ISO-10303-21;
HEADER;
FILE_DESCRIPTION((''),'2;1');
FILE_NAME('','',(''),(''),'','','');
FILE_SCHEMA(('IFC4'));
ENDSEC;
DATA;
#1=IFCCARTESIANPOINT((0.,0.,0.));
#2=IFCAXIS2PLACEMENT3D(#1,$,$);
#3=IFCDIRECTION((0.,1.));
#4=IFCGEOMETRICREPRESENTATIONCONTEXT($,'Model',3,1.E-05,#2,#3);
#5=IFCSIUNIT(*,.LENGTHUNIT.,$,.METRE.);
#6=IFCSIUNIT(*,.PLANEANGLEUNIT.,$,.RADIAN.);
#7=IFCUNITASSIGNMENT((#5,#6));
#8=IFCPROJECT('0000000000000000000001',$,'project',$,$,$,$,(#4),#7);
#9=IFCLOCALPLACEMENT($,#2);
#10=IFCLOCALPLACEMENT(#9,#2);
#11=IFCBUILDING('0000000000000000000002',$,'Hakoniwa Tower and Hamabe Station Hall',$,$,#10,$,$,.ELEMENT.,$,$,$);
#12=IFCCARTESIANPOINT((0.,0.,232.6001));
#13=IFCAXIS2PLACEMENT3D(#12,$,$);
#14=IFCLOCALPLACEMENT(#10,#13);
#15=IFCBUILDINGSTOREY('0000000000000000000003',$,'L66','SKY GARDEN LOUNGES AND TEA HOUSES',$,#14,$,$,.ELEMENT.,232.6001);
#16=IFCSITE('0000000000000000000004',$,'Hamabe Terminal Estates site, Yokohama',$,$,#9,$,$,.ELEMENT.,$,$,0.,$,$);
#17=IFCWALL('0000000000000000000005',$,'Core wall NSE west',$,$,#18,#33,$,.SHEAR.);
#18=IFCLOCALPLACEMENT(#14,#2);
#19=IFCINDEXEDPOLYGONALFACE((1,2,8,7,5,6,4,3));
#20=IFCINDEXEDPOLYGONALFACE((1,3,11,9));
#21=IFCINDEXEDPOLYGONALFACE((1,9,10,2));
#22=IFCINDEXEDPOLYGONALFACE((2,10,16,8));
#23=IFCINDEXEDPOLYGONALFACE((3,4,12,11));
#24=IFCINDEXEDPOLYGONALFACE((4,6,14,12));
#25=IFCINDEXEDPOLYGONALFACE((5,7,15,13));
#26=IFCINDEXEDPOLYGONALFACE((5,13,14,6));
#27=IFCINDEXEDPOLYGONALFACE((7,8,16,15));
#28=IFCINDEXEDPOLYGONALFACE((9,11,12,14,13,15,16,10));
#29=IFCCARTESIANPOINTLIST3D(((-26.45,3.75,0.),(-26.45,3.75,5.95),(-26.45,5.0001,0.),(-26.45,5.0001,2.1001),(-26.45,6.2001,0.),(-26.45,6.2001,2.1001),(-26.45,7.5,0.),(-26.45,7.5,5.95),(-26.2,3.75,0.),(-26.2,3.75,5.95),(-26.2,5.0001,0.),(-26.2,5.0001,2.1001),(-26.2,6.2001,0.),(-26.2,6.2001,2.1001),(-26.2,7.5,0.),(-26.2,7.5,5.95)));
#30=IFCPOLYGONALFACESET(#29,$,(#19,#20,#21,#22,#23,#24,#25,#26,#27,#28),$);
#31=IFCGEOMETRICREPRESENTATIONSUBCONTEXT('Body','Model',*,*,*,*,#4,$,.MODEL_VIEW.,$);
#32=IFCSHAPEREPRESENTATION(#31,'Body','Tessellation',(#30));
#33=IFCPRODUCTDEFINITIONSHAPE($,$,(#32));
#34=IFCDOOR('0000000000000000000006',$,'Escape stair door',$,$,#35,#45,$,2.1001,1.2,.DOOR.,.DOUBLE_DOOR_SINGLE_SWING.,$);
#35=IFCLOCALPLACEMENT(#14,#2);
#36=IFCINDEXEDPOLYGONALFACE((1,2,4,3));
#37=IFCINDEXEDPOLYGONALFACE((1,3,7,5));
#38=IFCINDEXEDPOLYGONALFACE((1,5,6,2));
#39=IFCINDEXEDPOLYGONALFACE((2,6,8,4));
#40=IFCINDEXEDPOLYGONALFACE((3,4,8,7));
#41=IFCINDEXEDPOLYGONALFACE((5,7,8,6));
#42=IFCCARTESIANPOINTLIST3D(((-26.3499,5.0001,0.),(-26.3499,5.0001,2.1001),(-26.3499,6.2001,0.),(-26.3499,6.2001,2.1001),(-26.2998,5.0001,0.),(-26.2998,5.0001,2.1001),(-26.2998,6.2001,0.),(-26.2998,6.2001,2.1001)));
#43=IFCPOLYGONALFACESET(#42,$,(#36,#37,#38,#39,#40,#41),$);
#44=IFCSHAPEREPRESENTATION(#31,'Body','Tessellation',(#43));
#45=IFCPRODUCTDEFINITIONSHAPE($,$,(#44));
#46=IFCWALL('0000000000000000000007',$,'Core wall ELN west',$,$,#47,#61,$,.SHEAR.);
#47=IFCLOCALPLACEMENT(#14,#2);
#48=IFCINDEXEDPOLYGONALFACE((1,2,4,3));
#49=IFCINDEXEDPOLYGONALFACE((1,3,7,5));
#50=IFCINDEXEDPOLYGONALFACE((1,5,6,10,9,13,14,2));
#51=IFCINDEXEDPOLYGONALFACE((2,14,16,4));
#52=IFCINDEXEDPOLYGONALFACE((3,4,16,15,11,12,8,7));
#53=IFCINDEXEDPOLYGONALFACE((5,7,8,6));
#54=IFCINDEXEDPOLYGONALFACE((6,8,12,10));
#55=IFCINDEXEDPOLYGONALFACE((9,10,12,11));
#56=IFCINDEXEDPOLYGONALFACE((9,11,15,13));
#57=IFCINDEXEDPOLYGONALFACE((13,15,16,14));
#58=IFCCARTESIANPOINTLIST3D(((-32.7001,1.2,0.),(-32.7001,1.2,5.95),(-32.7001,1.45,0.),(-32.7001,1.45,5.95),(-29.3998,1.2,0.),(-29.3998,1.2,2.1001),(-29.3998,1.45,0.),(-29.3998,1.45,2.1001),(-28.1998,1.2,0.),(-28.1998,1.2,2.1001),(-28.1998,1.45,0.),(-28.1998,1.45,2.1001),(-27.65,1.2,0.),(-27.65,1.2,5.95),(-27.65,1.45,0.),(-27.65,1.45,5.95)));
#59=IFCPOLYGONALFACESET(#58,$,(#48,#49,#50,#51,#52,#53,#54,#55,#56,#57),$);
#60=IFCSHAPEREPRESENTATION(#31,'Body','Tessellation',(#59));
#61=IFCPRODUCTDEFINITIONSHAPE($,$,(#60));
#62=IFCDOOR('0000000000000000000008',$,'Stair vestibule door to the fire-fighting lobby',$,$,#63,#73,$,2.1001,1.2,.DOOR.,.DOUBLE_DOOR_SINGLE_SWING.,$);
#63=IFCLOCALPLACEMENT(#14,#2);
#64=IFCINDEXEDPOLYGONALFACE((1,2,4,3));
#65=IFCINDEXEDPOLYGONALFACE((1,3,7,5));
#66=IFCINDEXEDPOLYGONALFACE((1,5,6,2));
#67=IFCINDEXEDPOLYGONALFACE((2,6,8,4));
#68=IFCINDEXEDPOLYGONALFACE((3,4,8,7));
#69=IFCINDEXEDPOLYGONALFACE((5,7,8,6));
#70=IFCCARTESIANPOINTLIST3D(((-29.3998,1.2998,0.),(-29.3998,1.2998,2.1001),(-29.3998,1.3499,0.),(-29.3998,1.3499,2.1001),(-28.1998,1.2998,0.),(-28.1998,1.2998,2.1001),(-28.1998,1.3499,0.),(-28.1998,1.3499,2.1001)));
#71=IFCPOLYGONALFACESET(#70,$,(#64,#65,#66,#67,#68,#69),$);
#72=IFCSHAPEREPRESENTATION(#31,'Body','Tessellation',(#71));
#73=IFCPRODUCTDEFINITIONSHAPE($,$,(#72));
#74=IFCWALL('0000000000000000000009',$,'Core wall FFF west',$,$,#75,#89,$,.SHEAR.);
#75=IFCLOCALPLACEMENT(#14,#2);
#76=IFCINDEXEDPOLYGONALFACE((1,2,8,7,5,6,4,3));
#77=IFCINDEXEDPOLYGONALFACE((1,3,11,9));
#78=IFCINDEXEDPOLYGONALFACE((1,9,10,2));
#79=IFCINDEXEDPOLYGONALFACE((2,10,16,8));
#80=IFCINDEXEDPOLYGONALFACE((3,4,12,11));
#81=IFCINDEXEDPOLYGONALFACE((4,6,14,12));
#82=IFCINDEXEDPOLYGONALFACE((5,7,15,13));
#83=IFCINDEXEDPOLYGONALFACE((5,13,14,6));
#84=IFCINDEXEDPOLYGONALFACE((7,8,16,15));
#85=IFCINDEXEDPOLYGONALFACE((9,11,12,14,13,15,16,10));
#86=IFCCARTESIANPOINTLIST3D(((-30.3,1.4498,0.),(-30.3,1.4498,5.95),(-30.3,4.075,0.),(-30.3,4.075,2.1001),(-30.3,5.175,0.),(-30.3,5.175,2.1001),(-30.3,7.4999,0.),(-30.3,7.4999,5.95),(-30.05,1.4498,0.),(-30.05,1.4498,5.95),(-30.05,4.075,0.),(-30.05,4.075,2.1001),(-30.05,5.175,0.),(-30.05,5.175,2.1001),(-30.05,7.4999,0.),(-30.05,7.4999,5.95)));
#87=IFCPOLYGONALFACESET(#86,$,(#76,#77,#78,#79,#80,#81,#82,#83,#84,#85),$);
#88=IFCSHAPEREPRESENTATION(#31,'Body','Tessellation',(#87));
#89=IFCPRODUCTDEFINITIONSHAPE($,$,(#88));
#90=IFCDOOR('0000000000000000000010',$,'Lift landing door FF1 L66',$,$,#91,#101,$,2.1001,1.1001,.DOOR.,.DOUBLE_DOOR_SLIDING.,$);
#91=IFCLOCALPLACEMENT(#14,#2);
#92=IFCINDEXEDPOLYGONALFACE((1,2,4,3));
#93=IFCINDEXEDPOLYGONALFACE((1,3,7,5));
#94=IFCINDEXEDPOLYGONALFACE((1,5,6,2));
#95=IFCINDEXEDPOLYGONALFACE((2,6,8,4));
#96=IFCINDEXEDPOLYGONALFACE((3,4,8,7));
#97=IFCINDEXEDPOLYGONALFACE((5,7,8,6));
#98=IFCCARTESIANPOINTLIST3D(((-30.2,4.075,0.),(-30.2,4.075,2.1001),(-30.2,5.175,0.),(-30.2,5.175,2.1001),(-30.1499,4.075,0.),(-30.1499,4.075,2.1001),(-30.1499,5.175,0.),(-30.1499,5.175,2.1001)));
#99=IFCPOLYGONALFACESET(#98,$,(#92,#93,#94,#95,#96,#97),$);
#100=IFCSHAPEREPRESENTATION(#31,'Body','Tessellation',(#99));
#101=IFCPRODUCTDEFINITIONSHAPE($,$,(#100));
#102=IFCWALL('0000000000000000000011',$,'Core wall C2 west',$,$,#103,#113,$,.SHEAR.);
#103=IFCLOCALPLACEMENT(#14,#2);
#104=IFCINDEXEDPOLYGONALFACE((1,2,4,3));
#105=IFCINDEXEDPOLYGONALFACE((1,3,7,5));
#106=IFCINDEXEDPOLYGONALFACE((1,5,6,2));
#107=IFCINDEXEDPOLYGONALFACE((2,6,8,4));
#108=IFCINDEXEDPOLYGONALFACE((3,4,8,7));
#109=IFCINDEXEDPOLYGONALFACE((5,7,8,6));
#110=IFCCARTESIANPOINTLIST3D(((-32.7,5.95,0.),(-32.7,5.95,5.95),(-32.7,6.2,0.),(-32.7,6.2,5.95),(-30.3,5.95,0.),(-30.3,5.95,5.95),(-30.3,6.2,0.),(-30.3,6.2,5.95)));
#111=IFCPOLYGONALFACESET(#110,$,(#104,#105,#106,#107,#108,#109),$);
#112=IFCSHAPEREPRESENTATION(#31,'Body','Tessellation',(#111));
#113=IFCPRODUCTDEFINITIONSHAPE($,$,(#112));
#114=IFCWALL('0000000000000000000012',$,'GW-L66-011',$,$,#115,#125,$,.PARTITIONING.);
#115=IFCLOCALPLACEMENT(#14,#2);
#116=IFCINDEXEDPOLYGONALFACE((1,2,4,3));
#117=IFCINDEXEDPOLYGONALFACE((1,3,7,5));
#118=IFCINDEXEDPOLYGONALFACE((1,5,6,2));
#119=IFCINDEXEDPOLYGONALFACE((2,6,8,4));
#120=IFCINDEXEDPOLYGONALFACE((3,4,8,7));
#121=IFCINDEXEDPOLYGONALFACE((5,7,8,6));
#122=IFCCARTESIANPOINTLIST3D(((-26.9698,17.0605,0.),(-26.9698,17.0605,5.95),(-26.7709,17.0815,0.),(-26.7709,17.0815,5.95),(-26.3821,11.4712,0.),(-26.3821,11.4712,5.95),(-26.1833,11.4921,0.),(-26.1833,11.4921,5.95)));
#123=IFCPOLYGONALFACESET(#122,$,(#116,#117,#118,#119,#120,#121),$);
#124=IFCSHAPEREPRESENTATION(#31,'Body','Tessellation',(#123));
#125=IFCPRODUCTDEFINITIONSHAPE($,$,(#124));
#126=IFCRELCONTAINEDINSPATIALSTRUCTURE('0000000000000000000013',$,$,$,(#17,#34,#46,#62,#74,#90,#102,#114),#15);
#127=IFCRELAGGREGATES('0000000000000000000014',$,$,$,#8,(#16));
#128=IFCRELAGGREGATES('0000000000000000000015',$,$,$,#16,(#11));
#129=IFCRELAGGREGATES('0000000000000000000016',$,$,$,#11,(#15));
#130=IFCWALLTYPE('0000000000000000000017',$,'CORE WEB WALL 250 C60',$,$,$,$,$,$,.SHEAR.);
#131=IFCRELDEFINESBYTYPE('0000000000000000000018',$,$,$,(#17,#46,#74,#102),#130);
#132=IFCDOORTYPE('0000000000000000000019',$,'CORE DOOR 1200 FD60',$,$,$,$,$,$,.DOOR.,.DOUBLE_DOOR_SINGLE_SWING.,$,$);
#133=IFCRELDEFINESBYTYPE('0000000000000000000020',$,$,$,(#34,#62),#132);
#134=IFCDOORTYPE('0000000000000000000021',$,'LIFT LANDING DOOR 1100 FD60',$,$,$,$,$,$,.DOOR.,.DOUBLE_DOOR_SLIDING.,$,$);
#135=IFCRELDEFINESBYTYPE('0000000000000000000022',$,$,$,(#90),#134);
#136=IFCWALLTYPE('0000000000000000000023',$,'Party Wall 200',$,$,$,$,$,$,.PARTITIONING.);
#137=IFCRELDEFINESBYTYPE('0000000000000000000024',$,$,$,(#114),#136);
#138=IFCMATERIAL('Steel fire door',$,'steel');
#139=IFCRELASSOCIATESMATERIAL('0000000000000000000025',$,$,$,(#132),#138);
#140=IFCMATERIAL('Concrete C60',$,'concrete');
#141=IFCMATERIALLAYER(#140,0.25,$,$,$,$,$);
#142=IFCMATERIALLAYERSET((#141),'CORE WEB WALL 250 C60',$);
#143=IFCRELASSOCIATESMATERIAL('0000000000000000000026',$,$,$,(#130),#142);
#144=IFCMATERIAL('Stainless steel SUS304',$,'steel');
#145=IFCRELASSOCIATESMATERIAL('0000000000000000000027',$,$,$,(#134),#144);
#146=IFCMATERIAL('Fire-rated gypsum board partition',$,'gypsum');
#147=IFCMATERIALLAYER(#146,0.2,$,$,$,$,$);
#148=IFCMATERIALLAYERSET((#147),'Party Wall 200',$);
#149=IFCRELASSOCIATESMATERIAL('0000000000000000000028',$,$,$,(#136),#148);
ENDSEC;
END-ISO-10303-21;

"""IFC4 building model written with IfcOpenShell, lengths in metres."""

from ifc_helpers import new_model, si_unit, direction, frame, frame_2d, origin, place, context, subcontext, project, spatial, rectangle, extrude, material, layer, layer_set, type_object, element, fill, save


model = new_model("IFC4")

# Units and contexts
model_context = context("Model", 3, precision=1e-05, world=origin(), true_north=direction((0.0, 1.0)))
body_context = subcontext(model_context, "Body", "Model", "MODEL_VIEW")
ifc_project = project(units=[si_unit("LENGTHUNIT", "METRE"), si_unit("PLANEANGLEUNIT", "RADIAN")], contexts=[model_context])

# Site, building, storey
site_placement = place(None, origin())
site = spatial("IfcSite", under=ifc_project, at=site_placement, Name="Hamabe Terminal Estates site, Yokohama", CompositionType="ELEMENT", RefElevation=0.0)
building_placement = place(site_placement, origin())
building = spatial("IfcBuilding", under=site, at=building_placement, Name="Hakoniwa Tower and Hamabe Station Hall", CompositionType="ELEMENT")
storey_placement = place(building_placement, frame((0.0, 0.0, 232.6001)))
storey = spatial("IfcBuildingStorey", under=building, at=storey_placement, Name="L66", Description="SKY GARDEN LOUNGES AND TEA HOUSES", CompositionType="ELEMENT", Elevation=232.6001)

# Shared definitions
ifc_material_1 = material(Name="Steel fire door", Category="steel")
door_type_1 = type_object("IfcDoorType", Name="CORE DOOR 1200 FD60", OperationType="DOUBLE_DOOR_SINGLE_SWING", PredefinedType="DOOR", material=ifc_material_1)

# Shared definitions
ifc_material_2 = material(Name="Concrete C60", Category="concrete")
ifc_layer_1 = layer(ifc_material_2, 0.25)
ifc_layer_set_1 = layer_set([ifc_layer_1], Name="CORE WEB WALL 250 C60")
wall_type_1 = type_object("IfcWallType", Name="CORE WEB WALL 250 C60", PredefinedType="SHEAR", material=ifc_layer_set_1)

# Walls, openings, doors
wall_1_placement = place(storey_placement, frame((-26.325, 3.75, 0.0), z_axis=(0.0, 0.0, 1.0), x_axis=(0.0, 1.0, 0.0)))
wall_1 = element("IfcWall", 1, at=wall_1_placement, inside=storey, type_object=wall_type_1, Name="Core wall NSE west", PredefinedType="SHEAR", context=body_context, shape_type="SweptSolid", body=[
    extrude(rectangle(XDim=3.75, YDim=0.25, at=frame_2d((1.875, 0.0))), origin(), (0.0, 0.0, 1.0), 5.95),
])
opening_1_placement = place(wall_1_placement, frame((1.25, 0.0, 0.0)))
opening_1 = element("IfcOpeningElement", 2, at=opening_1_placement, cuts=wall_1, PredefinedType="OPENING", context=body_context, shape_type="SweptSolid", body=[
    extrude(rectangle(XDim=1.2, YDim=2.1001, at=frame_2d((0.6001, 1.05))), frame((0.0, 0.135, 0.0), z_axis=(0.0, -1.0, 0.0), x_axis=(1.0, 0.0, 0.0)), (0.0, 0.0, 1.0), 0.27),
])
door_1_placement = place(opening_1_placement, origin())
door_1 = element("IfcDoor", 3, at=door_1_placement, inside=storey, type_object=door_type_1, Name="Escape stair door", OperationType="DOUBLE_DOOR_SINGLE_SWING", OverallHeight=2.1001, OverallWidth=1.2, PredefinedType="DOOR", context=body_context, shape_type="SweptSolid", body=[
    extrude(rectangle(XDim=1.2, YDim=2.1001, at=frame_2d((0.6001, 1.05))), frame((0.0, 0.0249, 0.0), z_axis=(0.0, -1.0, 0.0), x_axis=(1.0, 0.0, 0.0)), (0.0, 0.0, 1.0), 0.05),
])
fill(opening_1, door_1)
wall_2_placement = place(storey_placement, frame((-32.7, 1.325, 0.0), z_axis=(0.0, 0.0, 1.0), x_axis=(1.0, 0.0, 0.0)))
wall_2 = element("IfcWall", 4, at=wall_2_placement, inside=storey, type_object=wall_type_1, Name="Core wall ELN west", PredefinedType="SHEAR", context=body_context, shape_type="SweptSolid", body=[
    extrude(rectangle(XDim=5.05, YDim=0.25, at=frame_2d((2.5249, 0.0))), origin(), (0.0, 0.0, 1.0), 5.95),
])
opening_2_placement = place(wall_2_placement, frame((3.3, 0.0, 0.0)))
opening_2 = element("IfcOpeningElement", 5, at=opening_2_placement, cuts=wall_2, PredefinedType="OPENING", context=body_context, shape_type="SweptSolid", body=[
    extrude(rectangle(XDim=1.2, YDim=2.1001, at=frame_2d((0.6001, 1.05))), frame((0.0, 0.135, 0.0), z_axis=(0.0, -1.0, 0.0), x_axis=(1.0, 0.0, 0.0)), (0.0, 0.0, 1.0), 0.27),
])
door_2_placement = place(opening_2_placement, origin())
door_2 = element("IfcDoor", 6, at=door_2_placement, inside=storey, type_object=door_type_1, Name="Stair vestibule door to the fire-fighting lobby", OperationType="DOUBLE_DOOR_SINGLE_SWING", OverallHeight=2.1001, OverallWidth=1.2, PredefinedType="DOOR", context=body_context, shape_type="SweptSolid", body=[
    extrude(rectangle(XDim=1.2, YDim=2.1001, at=frame_2d((0.6001, 1.05))), frame((0.0, 0.0249, 0.0), z_axis=(0.0, -1.0, 0.0), x_axis=(1.0, 0.0, 0.0)), (0.0, 0.0, 1.0), 0.05),
])
fill(opening_2, door_2)
wall_3_placement = place(storey_placement, frame((-30.175, 1.45, 0.0), z_axis=(0.0, 0.0, 1.0), x_axis=(0.0, 1.0, 0.0)))
wall_3 = element("IfcWall", 7, at=wall_3_placement, inside=storey, type_object=wall_type_1, Name="Core wall FFF west", PredefinedType="SHEAR", context=body_context, shape_type="SweptSolid", body=[
    extrude(rectangle(XDim=6.05, YDim=0.25, at=frame_2d((3.0249, 0.0))), origin(), (0.0, 0.0, 1.0), 5.95),
])
opening_3_placement = place(wall_3_placement, frame((2.625, 0.0, 0.0)))
opening_3 = element("IfcOpeningElement", 8, at=opening_3_placement, cuts=wall_3, PredefinedType="OPENING", context=body_context, shape_type="SweptSolid", body=[
    extrude(rectangle(XDim=1.1001, YDim=2.1001, at=frame_2d((0.55, 1.05))), frame((0.0, 0.135, 0.0), z_axis=(0.0, -1.0, 0.0), x_axis=(1.0, 0.0, 0.0)), (0.0, 0.0, 1.0), 0.27),
])
ifc_material_3 = material(Name="Stainless steel SUS304", Category="steel")
door_type_2 = type_object("IfcDoorType", Name="LIFT LANDING DOOR 1100 FD60", OperationType="DOUBLE_DOOR_SLIDING", PredefinedType="DOOR", material=ifc_material_3)
door_3_placement = place(opening_3_placement, origin())
door_3 = element("IfcDoor", 9, at=door_3_placement, inside=storey, type_object=door_type_2, Name="Lift landing door FF1 L66", OperationType="DOUBLE_DOOR_SLIDING", OverallHeight=2.1001, OverallWidth=1.1001, PredefinedType="DOOR", context=body_context, shape_type="SweptSolid", body=[
    extrude(rectangle(XDim=1.1001, YDim=2.1001, at=frame_2d((0.55, 1.05))), frame((0.0, 0.0249, 0.0), z_axis=(0.0, -1.0, 0.0), x_axis=(1.0, 0.0, 0.0)), (0.0, 0.0, 1.0), 0.05),
])
fill(opening_3, door_3)

# Walls
wall_4_placement = place(storey_placement, frame((-32.7, 6.075, 0.0), z_axis=(0.0, 0.0, 1.0), x_axis=(1.0, 0.0, 0.0)))
element("IfcWall", 10, at=wall_4_placement, inside=storey, type_object=wall_type_1, Name="Core wall C2 west", PredefinedType="SHEAR", context=body_context, shape_type="SweptSolid", body=[
    extrude(rectangle(XDim=2.3999, YDim=0.25, at=frame_2d((1.2, 0.0))), origin(), (0.0, 0.0, 1.0), 5.95),
])
ifc_material_4 = material(Name="Fire-rated gypsum board partition", Category="gypsum")
ifc_layer_2 = layer(ifc_material_4, 0.2)
ifc_layer_set_2 = layer_set([ifc_layer_2], Name="Party Wall 200")
wall_type_2 = type_object("IfcWallType", Name="Party Wall 200", PredefinedType="PARTITIONING", material=ifc_layer_set_2)
wall_5_placement = place(storey_placement, frame((-26.2827, 11.4817, 0.0), z_axis=(0.0, 0.0, 1.0), x_axis=(-0.10456, 0.994519, 0.0)))
element("IfcWall", 11, at=wall_5_placement, inside=storey, type_object=wall_type_2, Name="GW-L66-011", PredefinedType="PARTITIONING", context=body_context, shape_type="SweptSolid", body=[
    extrude(rectangle(XDim=5.6201, YDim=0.2, at=frame_2d((2.8101, 0.0))), origin(), (0.0, 0.0, 1.0), 5.95),
])

save(model, "model.ifc")
